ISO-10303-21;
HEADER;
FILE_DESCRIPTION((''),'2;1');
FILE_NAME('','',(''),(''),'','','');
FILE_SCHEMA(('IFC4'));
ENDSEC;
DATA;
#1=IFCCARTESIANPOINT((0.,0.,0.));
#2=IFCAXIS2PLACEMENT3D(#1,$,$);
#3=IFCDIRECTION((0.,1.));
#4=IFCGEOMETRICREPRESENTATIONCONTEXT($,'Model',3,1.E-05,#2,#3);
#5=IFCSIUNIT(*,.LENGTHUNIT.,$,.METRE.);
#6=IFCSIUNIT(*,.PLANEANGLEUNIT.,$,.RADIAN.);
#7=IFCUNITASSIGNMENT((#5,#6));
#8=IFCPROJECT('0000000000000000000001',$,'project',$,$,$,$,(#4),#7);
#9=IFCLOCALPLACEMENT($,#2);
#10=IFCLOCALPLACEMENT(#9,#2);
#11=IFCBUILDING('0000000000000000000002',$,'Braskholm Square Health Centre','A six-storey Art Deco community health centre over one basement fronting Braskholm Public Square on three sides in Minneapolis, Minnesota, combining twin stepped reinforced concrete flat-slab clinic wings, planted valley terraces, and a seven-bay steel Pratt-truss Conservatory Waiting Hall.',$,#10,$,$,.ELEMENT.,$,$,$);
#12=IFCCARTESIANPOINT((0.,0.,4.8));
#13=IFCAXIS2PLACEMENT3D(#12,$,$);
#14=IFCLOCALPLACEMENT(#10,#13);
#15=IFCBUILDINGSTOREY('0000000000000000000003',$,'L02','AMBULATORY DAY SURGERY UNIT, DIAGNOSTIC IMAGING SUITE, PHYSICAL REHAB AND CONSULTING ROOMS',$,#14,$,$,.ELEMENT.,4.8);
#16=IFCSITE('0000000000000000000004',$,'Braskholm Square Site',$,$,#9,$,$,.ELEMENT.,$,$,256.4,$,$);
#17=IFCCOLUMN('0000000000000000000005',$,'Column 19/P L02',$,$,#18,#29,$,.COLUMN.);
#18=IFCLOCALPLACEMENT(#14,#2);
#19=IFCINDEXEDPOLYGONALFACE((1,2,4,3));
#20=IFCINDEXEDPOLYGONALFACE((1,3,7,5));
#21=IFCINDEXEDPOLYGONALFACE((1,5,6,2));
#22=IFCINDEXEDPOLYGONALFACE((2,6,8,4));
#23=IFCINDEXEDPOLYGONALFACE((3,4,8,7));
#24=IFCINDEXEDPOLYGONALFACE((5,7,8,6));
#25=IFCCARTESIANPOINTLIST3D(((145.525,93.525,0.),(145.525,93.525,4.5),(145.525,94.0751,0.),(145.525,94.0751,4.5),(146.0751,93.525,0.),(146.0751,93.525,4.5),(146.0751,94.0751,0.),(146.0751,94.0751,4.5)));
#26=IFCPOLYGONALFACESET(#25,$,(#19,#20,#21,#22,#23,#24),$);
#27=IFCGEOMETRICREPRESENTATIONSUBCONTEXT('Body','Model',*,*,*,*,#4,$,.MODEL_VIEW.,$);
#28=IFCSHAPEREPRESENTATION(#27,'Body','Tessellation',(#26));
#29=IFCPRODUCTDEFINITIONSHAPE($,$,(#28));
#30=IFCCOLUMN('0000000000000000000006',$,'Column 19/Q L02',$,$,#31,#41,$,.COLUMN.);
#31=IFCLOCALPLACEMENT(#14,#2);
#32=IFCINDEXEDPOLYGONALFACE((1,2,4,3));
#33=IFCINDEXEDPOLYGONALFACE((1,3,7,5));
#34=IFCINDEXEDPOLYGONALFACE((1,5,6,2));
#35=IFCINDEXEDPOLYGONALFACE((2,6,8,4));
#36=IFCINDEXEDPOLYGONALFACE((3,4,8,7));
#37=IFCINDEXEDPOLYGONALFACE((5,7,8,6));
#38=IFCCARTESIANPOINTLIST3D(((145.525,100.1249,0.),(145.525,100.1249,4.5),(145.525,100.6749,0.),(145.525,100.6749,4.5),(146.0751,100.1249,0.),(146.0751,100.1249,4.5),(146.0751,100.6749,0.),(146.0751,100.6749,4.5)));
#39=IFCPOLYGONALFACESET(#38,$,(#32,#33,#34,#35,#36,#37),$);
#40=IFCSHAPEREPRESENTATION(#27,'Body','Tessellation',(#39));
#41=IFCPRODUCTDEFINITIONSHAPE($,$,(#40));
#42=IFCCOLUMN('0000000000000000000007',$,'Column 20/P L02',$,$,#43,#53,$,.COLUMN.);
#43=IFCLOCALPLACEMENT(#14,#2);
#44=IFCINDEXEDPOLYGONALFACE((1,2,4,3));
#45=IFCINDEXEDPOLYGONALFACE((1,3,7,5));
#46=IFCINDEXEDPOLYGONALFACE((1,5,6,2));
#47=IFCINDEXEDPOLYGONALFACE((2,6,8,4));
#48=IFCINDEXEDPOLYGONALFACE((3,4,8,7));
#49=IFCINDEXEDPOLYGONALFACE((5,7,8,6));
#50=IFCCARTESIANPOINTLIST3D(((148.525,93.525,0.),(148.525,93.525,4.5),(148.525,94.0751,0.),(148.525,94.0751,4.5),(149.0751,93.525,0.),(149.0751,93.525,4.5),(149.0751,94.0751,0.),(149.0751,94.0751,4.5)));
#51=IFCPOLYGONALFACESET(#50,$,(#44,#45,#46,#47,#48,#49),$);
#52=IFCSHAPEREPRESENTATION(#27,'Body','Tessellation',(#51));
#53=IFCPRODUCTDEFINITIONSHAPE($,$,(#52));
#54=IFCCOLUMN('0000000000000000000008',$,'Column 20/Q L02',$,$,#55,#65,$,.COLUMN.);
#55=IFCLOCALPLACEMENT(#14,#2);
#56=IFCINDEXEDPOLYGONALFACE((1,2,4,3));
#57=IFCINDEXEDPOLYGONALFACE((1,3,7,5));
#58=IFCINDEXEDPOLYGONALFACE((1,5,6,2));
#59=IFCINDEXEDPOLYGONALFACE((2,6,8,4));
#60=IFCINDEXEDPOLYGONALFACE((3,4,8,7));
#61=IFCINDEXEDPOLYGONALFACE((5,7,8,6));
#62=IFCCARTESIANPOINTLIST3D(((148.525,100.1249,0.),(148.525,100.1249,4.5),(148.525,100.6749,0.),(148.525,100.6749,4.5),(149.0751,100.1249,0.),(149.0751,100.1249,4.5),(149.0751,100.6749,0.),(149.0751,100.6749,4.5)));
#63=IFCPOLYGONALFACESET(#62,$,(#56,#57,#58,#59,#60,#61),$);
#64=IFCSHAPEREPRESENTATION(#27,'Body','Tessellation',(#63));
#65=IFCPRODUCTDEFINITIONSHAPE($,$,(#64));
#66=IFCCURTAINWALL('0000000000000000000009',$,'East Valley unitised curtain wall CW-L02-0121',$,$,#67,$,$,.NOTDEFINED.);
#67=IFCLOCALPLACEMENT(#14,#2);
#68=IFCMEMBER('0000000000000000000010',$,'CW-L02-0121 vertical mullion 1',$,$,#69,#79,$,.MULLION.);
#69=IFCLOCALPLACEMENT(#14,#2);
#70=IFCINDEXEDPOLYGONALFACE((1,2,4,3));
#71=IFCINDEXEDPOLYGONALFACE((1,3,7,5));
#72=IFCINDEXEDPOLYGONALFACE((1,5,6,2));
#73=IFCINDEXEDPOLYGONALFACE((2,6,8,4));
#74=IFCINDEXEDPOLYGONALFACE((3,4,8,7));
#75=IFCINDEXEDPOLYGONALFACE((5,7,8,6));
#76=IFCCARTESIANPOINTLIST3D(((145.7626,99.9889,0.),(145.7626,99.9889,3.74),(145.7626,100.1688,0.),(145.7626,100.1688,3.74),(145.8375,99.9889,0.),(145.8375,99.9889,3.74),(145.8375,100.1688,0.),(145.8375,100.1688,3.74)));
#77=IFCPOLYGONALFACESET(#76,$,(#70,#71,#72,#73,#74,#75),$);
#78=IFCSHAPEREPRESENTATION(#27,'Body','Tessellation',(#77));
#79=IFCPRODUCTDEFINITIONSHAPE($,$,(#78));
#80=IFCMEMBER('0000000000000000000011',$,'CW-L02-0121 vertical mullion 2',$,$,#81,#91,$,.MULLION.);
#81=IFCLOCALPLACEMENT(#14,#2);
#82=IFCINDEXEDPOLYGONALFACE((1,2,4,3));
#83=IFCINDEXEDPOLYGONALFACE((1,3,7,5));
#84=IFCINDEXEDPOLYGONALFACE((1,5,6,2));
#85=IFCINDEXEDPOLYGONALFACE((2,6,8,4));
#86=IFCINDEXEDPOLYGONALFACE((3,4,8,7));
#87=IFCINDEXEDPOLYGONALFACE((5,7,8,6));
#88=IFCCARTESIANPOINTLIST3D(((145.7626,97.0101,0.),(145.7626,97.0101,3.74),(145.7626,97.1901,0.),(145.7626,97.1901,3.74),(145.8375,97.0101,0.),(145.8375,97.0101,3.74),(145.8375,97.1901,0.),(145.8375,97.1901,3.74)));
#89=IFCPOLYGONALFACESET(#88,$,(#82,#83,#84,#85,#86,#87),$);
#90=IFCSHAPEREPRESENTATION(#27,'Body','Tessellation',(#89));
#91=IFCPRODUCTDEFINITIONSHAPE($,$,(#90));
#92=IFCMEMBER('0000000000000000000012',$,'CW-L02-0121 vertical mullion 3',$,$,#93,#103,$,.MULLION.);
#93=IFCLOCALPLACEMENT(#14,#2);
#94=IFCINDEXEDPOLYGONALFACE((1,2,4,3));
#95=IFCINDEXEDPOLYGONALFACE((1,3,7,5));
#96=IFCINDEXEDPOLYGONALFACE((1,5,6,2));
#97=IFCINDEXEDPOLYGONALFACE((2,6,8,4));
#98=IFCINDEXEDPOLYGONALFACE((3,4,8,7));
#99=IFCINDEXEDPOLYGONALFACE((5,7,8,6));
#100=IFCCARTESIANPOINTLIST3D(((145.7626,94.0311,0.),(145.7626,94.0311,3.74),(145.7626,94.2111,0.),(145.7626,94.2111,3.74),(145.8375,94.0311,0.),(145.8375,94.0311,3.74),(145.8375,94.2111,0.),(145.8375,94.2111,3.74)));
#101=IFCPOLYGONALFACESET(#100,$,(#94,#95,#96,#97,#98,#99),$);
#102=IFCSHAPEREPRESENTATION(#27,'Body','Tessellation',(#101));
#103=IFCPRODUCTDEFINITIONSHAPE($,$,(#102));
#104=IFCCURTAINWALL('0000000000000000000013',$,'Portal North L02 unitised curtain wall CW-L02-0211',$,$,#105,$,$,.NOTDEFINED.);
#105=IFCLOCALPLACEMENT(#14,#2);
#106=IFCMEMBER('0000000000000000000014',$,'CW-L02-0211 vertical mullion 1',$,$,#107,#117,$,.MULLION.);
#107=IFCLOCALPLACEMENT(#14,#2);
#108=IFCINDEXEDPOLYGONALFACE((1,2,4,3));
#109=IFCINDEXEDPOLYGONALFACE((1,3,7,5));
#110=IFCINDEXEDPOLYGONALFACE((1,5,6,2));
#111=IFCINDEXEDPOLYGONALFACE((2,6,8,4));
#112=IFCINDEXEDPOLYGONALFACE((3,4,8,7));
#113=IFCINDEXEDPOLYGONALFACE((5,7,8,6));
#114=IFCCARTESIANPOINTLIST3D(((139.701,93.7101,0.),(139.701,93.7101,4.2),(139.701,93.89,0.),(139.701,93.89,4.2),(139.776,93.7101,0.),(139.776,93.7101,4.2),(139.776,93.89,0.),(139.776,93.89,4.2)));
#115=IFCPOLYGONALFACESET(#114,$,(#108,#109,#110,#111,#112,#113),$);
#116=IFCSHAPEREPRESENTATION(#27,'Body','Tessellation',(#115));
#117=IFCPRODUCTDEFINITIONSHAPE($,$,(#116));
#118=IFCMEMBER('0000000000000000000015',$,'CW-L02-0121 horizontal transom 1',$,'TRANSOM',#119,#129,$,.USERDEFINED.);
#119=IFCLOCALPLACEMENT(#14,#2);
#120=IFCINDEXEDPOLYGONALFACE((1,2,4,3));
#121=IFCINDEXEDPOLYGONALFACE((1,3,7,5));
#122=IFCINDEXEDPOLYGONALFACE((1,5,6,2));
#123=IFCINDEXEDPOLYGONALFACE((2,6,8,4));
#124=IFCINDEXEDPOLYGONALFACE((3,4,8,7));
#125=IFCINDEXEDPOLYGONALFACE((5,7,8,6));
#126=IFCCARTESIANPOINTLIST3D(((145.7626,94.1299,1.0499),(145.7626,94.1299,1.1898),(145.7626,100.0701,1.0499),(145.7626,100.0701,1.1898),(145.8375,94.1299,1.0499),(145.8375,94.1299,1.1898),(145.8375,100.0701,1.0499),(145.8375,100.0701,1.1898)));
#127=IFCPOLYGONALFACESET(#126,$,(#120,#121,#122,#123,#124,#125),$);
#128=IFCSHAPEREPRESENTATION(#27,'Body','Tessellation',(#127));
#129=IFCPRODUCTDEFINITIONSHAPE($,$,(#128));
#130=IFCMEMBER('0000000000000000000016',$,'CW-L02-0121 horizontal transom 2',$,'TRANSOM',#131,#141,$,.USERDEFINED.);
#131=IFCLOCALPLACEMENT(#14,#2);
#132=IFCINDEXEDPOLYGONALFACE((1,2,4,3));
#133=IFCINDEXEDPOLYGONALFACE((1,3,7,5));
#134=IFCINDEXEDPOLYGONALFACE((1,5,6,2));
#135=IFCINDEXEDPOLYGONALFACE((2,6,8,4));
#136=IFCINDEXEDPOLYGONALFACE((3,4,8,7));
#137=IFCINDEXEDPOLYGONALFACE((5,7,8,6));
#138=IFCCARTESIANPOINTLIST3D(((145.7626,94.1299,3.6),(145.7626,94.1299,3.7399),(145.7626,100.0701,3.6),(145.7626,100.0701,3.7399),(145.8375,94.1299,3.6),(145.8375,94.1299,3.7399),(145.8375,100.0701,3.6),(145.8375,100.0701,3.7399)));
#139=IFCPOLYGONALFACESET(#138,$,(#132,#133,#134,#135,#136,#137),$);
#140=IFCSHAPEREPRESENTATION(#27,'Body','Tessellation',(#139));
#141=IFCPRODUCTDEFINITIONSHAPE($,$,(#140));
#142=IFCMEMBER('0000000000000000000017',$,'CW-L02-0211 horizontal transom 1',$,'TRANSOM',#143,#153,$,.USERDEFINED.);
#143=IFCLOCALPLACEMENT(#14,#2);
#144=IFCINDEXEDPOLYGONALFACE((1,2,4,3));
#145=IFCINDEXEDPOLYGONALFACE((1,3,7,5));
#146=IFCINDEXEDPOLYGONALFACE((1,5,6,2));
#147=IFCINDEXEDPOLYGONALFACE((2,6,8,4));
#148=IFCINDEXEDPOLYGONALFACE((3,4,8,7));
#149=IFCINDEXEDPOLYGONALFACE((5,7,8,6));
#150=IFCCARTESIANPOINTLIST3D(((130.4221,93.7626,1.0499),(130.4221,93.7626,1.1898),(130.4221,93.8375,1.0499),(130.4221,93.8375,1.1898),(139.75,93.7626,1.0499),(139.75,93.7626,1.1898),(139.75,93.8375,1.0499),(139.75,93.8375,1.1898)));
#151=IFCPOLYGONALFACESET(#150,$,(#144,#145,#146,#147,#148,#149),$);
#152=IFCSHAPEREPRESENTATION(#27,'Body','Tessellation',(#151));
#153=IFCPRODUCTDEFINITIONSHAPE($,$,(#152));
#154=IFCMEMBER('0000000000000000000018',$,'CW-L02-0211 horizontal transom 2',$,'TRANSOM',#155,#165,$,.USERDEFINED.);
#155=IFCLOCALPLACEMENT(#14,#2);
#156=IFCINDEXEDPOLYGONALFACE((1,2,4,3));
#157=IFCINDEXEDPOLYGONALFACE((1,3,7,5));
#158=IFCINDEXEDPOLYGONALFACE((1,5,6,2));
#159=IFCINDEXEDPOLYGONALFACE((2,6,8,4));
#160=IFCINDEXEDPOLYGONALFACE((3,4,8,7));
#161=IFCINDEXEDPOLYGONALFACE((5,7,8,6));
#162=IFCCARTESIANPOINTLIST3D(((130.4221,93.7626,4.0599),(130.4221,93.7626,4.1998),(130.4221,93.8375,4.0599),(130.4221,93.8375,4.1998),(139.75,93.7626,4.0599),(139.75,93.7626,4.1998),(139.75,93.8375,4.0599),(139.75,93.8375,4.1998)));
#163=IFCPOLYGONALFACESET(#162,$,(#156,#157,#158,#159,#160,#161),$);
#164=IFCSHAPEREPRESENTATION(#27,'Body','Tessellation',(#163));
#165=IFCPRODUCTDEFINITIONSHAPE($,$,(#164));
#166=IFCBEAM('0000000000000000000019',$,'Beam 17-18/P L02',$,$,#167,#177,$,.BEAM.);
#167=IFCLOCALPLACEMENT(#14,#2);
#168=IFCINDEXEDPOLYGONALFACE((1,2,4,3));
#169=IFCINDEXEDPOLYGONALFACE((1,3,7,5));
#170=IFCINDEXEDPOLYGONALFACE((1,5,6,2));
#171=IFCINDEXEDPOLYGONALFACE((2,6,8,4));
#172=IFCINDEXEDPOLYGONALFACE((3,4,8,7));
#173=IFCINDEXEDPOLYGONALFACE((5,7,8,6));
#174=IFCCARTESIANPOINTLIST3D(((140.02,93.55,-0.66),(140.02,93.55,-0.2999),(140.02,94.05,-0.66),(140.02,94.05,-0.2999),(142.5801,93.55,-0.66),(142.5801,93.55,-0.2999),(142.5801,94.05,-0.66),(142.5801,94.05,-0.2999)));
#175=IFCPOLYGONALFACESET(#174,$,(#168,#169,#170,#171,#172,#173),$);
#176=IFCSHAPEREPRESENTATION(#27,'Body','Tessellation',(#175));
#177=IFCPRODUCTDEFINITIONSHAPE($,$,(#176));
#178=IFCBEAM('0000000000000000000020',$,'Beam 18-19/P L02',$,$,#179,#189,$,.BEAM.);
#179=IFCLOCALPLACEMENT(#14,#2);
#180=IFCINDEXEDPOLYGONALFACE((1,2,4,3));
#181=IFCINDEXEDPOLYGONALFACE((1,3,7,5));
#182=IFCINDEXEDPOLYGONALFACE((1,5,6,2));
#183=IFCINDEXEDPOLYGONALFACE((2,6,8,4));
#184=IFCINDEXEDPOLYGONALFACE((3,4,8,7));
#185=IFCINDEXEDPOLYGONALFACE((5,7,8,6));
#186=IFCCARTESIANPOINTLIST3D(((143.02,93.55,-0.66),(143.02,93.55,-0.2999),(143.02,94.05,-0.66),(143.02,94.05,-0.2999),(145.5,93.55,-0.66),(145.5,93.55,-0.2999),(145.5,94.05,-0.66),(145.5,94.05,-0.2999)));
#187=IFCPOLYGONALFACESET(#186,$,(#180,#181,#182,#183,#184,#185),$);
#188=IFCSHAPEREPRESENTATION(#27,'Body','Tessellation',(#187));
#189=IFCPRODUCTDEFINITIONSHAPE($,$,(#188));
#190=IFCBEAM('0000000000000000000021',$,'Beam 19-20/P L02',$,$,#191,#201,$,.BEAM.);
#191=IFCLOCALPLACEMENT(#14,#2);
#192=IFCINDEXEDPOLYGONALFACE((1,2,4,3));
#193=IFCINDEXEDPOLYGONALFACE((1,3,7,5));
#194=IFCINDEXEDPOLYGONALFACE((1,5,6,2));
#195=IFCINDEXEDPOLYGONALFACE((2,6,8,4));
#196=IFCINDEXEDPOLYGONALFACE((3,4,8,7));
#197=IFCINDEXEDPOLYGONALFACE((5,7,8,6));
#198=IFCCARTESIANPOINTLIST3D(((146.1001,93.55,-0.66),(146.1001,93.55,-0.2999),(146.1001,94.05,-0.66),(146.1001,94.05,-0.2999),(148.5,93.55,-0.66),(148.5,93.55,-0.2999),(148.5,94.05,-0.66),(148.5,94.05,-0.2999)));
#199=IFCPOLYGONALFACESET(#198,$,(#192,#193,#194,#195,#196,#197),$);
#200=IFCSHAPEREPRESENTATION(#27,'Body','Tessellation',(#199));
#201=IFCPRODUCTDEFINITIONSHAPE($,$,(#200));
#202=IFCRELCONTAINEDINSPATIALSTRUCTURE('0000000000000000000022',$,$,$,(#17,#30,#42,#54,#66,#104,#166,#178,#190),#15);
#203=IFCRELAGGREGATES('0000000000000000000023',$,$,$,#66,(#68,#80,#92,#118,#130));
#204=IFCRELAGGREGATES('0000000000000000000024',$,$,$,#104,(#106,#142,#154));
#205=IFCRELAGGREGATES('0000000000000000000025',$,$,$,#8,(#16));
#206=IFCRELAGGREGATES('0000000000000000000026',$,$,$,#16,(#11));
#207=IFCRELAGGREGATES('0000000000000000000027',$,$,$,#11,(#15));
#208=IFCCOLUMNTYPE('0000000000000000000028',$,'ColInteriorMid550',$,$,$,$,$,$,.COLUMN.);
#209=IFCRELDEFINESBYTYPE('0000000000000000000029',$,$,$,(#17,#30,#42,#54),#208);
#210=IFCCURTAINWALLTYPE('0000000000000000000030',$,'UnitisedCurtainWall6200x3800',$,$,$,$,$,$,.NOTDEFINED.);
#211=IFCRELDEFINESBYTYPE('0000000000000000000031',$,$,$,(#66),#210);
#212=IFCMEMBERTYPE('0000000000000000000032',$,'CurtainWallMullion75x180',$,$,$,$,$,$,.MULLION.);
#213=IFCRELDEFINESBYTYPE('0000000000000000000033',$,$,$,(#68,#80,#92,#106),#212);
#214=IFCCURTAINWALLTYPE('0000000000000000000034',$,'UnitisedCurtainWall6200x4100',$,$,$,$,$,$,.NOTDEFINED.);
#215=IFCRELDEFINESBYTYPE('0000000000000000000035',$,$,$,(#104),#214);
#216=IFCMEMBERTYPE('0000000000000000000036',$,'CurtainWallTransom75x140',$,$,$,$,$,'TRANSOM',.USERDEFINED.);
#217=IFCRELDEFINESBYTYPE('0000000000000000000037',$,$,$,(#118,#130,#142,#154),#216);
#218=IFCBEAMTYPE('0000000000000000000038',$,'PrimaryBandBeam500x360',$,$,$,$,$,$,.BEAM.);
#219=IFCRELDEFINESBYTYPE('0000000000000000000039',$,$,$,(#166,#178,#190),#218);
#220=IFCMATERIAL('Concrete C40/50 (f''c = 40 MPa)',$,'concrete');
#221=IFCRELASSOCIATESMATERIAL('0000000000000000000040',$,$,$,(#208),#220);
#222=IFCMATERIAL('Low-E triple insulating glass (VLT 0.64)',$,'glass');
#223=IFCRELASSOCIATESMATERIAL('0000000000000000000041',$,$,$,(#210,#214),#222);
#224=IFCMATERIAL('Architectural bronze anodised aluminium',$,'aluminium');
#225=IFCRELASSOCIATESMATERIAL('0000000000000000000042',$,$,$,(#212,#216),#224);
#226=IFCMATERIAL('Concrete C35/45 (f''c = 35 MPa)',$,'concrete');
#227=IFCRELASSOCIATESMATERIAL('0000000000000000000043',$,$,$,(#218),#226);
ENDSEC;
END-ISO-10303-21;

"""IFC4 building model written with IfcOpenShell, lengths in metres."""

from ifc_helpers import new_model, si_unit, direction, frame, origin, origin_2d, place, context, subcontext, project, spatial, rectangle, extrude, material, material_profile, profile_set, type_object, element, aggregate, save


model = new_model("IFC4")

# Units and contexts
model_context = context("Model", 3, precision=1e-05, world=origin(), true_north=direction((0.0, 1.0)))
body_context = subcontext(model_context, "Body", "Model", "MODEL_VIEW")
ifc_project = project(units=[si_unit("LENGTHUNIT", "METRE"), si_unit("PLANEANGLEUNIT", "RADIAN")], contexts=[model_context])

# Site, building, storey
site_placement = place(None, origin())
site = spatial("IfcSite", under=ifc_project, at=site_placement, Name="Braskholm Square Site", CompositionType="ELEMENT", RefElevation=256.4)
building_placement = place(site_placement, origin())
building = spatial("IfcBuilding", under=site, at=building_placement, Name="Braskholm Square Health Centre", Description="A six-storey Art Deco community health centre over one basement fronting Braskholm Public Square on three sides in Minneapolis, Minnesota, combining twin stepped reinforced concrete flat-slab clinic wings, planted valley terraces, and a seven-bay steel Pratt-truss Conservatory Waiting Hall.", CompositionType="ELEMENT")
storey_placement = place(building_placement, frame((0.0, 0.0, 4.8)))
storey = spatial("IfcBuildingStorey", under=building, at=storey_placement, Name="L02", Description="AMBULATORY DAY SURGERY UNIT, DIAGNOSTIC IMAGING SUITE, PHYSICAL REHAB AND CONSULTING ROOMS", CompositionType="ELEMENT", Elevation=4.8)

# Columns
ifc_material_1 = material(Name="Concrete C40/50 (f'c = 40 MPa)", Category="concrete")
ifc_material_profile_1 = material_profile(ifc_material_1, rectangle(XDim=0.55, YDim=0.55, at=origin_2d()), Name="RC-550X550")
ifc_profile_set_1 = profile_set([ifc_material_profile_1], Name="Concrete C40/50 (f'c = 40 MPa)")
column_type = type_object("IfcColumnType", Name="ColInteriorMid550", PredefinedType="COLUMN", material=ifc_profile_set_1)
for number, where, z_axis, x_axis, name in (
    (1, (145.8, 93.8, 0.0), (0.0, 0.0, 1.0), (1.0, 0.0, 0.0), "Column 19/P L02"),
    (2, (145.8, 100.3999, 0.0), (0.0, 0.0, 1.0), (1.0, 0.0, 0.0), "Column 19/Q L02"),
    (3, (148.8, 93.8, 0.0), (0.0, 0.0, 1.0), (1.0, 0.0, 0.0), "Column 20/P L02"),
    (4, (148.8, 100.3999, 0.0), (0.0, 0.0, 1.0), (1.0, 0.0, 0.0), "Column 20/Q L02"),
):
    element("IfcColumn", number, at=place(storey_placement, frame(where, z_axis=z_axis, x_axis=x_axis)), inside=storey, type_object=column_type, Name=name, PredefinedType="COLUMN", context=body_context, shape_type="SweptSolid", body=[
        extrude(rectangle(XDim=0.55, YDim=0.55, at=origin_2d()), origin(), (0.0, 0.0, 1.0), 4.5),
    ])

# Curtain wall, members
ifc_material_2 = material(Name="Low-E triple insulating glass (VLT 0.64)", Category="glass")
curtain_wall_type_1 = type_object("IfcCurtainWallType", Name="UnitisedCurtainWall6200x3800", PredefinedType="NOTDEFINED", material=ifc_material_2)
curtain_wall_1_placement = place(storey_placement, origin())
curtain_wall_1 = element("IfcCurtainWall", 5, at=curtain_wall_1_placement, inside=storey, type_object=curtain_wall_type_1, Name="East Valley unitised curtain wall CW-L02-0121", PredefinedType="NOTDEFINED")
ifc_material_3 = material(Name="Architectural bronze anodised aluminium", Category="aluminium")
ifc_material_profile_2 = material_profile(ifc_material_3, rectangle(XDim=0.075, YDim=0.1799, at=origin_2d()), Name="ALU-75X180")
ifc_profile_set_2 = profile_set([ifc_material_profile_2], Name="Architectural bronze anodised aluminium")
member_type_1 = type_object("IfcMemberType", Name="CurtainWallMullion75x180", PredefinedType="MULLION", material=ifc_profile_set_2)
member_1_placement = place(storey_placement, frame((145.8, 100.0789, 0.0), z_axis=(0.0, 0.0, 1.0), x_axis=(1.0, 0.0, 0.0)))
member_1 = element("IfcMember", 6, at=member_1_placement, type_object=member_type_1, Name="CW-L02-0121 vertical mullion 1", PredefinedType="MULLION", context=body_context, shape_type="SweptSolid", body=[
    extrude(rectangle(XDim=0.075, YDim=0.1799, at=origin_2d()), origin(), (0.0, 0.0, 1.0), 3.74),
])
member_2_placement = place(storey_placement, frame((145.8, 97.1001, 0.0), z_axis=(0.0, 0.0, 1.0), x_axis=(1.0, 0.0, 0.0)))
member_2 = element("IfcMember", 7, at=member_2_placement, type_object=member_type_1, Name="CW-L02-0121 vertical mullion 2", PredefinedType="MULLION", context=body_context, shape_type="SweptSolid", body=[
    extrude(rectangle(XDim=0.075, YDim=0.1799, at=origin_2d()), origin(), (0.0, 0.0, 1.0), 3.74),
])
member_3_placement = place(storey_placement, frame((145.8, 94.1211, 0.0), z_axis=(0.0, 0.0, 1.0), x_axis=(1.0, 0.0, 0.0)))
member_3 = element("IfcMember", 8, at=member_3_placement, type_object=member_type_1, Name="CW-L02-0121 vertical mullion 3", PredefinedType="MULLION", context=body_context, shape_type="SweptSolid", body=[
    extrude(rectangle(XDim=0.075, YDim=0.1799, at=origin_2d()), origin(), (0.0, 0.0, 1.0), 3.74),
])

# Curtain wall, member
curtain_wall_type_2 = type_object("IfcCurtainWallType", Name="UnitisedCurtainWall6200x4100", PredefinedType="NOTDEFINED", material=ifc_material_2)
curtain_wall_2_placement = place(storey_placement, origin())
curtain_wall_2 = element("IfcCurtainWall", 9, at=curtain_wall_2_placement, inside=storey, type_object=curtain_wall_type_2, Name="Portal North L02 unitised curtain wall CW-L02-0211", PredefinedType="NOTDEFINED")
member_4_placement = place(storey_placement, frame((139.7385, 93.8, 0.0), z_axis=(0.0, 0.0, 1.0), x_axis=(1.0, 0.0, 0.0)))
member_4 = element("IfcMember", 10, at=member_4_placement, type_object=member_type_1, Name="CW-L02-0211 vertical mullion 1", PredefinedType="MULLION", context=body_context, shape_type="SweptSolid", body=[
    extrude(rectangle(XDim=0.075, YDim=0.1799, at=origin_2d()), origin(), (0.0, 0.0, 1.0), 4.2),
])

# Members
ifc_material_profile_3 = material_profile(ifc_material_3, rectangle(XDim=0.075, YDim=0.1399, at=origin_2d()), Name="ALU-75X140")
ifc_profile_set_3 = profile_set([ifc_material_profile_3], Name="Architectural bronze anodised aluminium")
member_type_2 = type_object("IfcMemberType", Name="CurtainWallTransom75x140", ElementType="TRANSOM", PredefinedType="USERDEFINED", material=ifc_profile_set_3)
member_5_placement = place(storey_placement, frame((145.8, 100.0701, 1.1199), z_axis=(0.0, -1.0, 0.0), x_axis=(1.0, 0.0, 0.0)))
member_5 = element("IfcMember", 11, at=member_5_placement, type_object=member_type_2, Name="CW-L02-0121 horizontal transom 1", ObjectType="TRANSOM", PredefinedType="USERDEFINED", context=body_context, shape_type="SweptSolid", body=[
    extrude(rectangle(XDim=0.075, YDim=0.1399, at=origin_2d()), origin(), (0.0, 0.0, 1.0), 5.9402),
])
member_6_placement = place(storey_placement, frame((145.8, 100.0701, 3.6699), z_axis=(0.0, -1.0, 0.0), x_axis=(1.0, 0.0, 0.0)))
member_6 = element("IfcMember", 12, at=member_6_placement, type_object=member_type_2, Name="CW-L02-0121 horizontal transom 2", ObjectType="TRANSOM", PredefinedType="USERDEFINED", context=body_context, shape_type="SweptSolid", body=[
    extrude(rectangle(XDim=0.075, YDim=0.1399, at=origin_2d()), origin(), (0.0, 0.0, 1.0), 5.9402),
])
member_7_placement = place(storey_placement, frame((139.75, 93.8, 1.1199), z_axis=(-1.0, 0.0, 0.0), x_axis=(0.0, -1.0, 0.0)))
member_7 = element("IfcMember", 13, at=member_7_placement, type_object=member_type_2, Name="CW-L02-0211 horizontal transom 1", ObjectType="TRANSOM", PredefinedType="USERDEFINED", context=body_context, shape_type="SweptSolid", body=[
    extrude(rectangle(XDim=0.075, YDim=0.1399, at=origin_2d()), origin(), (0.0, 0.0, 1.0), 9.3279),
])
member_8_placement = place(storey_placement, frame((139.75, 93.8, 4.1299), z_axis=(-1.0, 0.0, 0.0), x_axis=(0.0, -1.0, 0.0)))
member_8 = element("IfcMember", 14, at=member_8_placement, type_object=member_type_2, Name="CW-L02-0211 horizontal transom 2", ObjectType="TRANSOM", PredefinedType="USERDEFINED", context=body_context, shape_type="SweptSolid", body=[
    extrude(rectangle(XDim=0.075, YDim=0.1399, at=origin_2d()), origin(), (0.0, 0.0, 1.0), 9.3279),
])

# Beams
ifc_material_4 = material(Name="Concrete C35/45 (f'c = 35 MPa)", Category="concrete")
ifc_material_profile_4 = material_profile(ifc_material_4, rectangle(XDim=0.5, YDim=0.3601, at=origin_2d()), Name="RCB-500X360")
ifc_profile_set_4 = profile_set([ifc_material_profile_4], Name="Concrete C35/45 (f'c = 35 MPa)")
beam_type_1 = type_object("IfcBeamType", Name="PrimaryBandBeam500x360", PredefinedType="BEAM", material=ifc_profile_set_4)
beam_1_placement = place(storey_placement, frame((140.02, 93.8, -0.48), z_axis=(1.0, 0.0, 0.0), x_axis=(0.0, 1.0, 0.0)))
element("IfcBeam", 15, at=beam_1_placement, inside=storey, type_object=beam_type_1, Name="Beam 17-18/P L02", PredefinedType="BEAM", context=body_context, shape_type="SweptSolid", body=[
    extrude(rectangle(XDim=0.5, YDim=0.3601, at=origin_2d()), origin(), (0.0, 0.0, 1.0), 2.5601),
])
beam_2_placement = place(storey_placement, frame((143.02, 93.8, -0.48), z_axis=(1.0, 0.0, 0.0), x_axis=(0.0, 1.0, 0.0)))
element("IfcBeam", 16, at=beam_2_placement, inside=storey, type_object=beam_type_1, Name="Beam 18-19/P L02", PredefinedType="BEAM", context=body_context, shape_type="SweptSolid", body=[
    extrude(rectangle(XDim=0.5, YDim=0.3601, at=origin_2d()), origin(), (0.0, 0.0, 1.0), 2.48),
])
beam_3_placement = place(storey_placement, frame((146.1001, 93.8, -0.48), z_axis=(1.0, 0.0, 0.0), x_axis=(0.0, 1.0, 0.0)))
element("IfcBeam", 17, at=beam_3_placement, inside=storey, type_object=beam_type_1, Name="Beam 19-20/P L02", PredefinedType="BEAM", context=body_context, shape_type="SweptSolid", body=[
    extrude(rectangle(XDim=0.5, YDim=0.3601, at=origin_2d()), origin(), (0.0, 0.0, 1.0), 2.3999),
])

aggregate(curtain_wall_1, [member_1, member_2, member_3, member_5, member_6])
aggregate(curtain_wall_2, [member_4, member_7, member_8])

save(model, "model.ifc")
